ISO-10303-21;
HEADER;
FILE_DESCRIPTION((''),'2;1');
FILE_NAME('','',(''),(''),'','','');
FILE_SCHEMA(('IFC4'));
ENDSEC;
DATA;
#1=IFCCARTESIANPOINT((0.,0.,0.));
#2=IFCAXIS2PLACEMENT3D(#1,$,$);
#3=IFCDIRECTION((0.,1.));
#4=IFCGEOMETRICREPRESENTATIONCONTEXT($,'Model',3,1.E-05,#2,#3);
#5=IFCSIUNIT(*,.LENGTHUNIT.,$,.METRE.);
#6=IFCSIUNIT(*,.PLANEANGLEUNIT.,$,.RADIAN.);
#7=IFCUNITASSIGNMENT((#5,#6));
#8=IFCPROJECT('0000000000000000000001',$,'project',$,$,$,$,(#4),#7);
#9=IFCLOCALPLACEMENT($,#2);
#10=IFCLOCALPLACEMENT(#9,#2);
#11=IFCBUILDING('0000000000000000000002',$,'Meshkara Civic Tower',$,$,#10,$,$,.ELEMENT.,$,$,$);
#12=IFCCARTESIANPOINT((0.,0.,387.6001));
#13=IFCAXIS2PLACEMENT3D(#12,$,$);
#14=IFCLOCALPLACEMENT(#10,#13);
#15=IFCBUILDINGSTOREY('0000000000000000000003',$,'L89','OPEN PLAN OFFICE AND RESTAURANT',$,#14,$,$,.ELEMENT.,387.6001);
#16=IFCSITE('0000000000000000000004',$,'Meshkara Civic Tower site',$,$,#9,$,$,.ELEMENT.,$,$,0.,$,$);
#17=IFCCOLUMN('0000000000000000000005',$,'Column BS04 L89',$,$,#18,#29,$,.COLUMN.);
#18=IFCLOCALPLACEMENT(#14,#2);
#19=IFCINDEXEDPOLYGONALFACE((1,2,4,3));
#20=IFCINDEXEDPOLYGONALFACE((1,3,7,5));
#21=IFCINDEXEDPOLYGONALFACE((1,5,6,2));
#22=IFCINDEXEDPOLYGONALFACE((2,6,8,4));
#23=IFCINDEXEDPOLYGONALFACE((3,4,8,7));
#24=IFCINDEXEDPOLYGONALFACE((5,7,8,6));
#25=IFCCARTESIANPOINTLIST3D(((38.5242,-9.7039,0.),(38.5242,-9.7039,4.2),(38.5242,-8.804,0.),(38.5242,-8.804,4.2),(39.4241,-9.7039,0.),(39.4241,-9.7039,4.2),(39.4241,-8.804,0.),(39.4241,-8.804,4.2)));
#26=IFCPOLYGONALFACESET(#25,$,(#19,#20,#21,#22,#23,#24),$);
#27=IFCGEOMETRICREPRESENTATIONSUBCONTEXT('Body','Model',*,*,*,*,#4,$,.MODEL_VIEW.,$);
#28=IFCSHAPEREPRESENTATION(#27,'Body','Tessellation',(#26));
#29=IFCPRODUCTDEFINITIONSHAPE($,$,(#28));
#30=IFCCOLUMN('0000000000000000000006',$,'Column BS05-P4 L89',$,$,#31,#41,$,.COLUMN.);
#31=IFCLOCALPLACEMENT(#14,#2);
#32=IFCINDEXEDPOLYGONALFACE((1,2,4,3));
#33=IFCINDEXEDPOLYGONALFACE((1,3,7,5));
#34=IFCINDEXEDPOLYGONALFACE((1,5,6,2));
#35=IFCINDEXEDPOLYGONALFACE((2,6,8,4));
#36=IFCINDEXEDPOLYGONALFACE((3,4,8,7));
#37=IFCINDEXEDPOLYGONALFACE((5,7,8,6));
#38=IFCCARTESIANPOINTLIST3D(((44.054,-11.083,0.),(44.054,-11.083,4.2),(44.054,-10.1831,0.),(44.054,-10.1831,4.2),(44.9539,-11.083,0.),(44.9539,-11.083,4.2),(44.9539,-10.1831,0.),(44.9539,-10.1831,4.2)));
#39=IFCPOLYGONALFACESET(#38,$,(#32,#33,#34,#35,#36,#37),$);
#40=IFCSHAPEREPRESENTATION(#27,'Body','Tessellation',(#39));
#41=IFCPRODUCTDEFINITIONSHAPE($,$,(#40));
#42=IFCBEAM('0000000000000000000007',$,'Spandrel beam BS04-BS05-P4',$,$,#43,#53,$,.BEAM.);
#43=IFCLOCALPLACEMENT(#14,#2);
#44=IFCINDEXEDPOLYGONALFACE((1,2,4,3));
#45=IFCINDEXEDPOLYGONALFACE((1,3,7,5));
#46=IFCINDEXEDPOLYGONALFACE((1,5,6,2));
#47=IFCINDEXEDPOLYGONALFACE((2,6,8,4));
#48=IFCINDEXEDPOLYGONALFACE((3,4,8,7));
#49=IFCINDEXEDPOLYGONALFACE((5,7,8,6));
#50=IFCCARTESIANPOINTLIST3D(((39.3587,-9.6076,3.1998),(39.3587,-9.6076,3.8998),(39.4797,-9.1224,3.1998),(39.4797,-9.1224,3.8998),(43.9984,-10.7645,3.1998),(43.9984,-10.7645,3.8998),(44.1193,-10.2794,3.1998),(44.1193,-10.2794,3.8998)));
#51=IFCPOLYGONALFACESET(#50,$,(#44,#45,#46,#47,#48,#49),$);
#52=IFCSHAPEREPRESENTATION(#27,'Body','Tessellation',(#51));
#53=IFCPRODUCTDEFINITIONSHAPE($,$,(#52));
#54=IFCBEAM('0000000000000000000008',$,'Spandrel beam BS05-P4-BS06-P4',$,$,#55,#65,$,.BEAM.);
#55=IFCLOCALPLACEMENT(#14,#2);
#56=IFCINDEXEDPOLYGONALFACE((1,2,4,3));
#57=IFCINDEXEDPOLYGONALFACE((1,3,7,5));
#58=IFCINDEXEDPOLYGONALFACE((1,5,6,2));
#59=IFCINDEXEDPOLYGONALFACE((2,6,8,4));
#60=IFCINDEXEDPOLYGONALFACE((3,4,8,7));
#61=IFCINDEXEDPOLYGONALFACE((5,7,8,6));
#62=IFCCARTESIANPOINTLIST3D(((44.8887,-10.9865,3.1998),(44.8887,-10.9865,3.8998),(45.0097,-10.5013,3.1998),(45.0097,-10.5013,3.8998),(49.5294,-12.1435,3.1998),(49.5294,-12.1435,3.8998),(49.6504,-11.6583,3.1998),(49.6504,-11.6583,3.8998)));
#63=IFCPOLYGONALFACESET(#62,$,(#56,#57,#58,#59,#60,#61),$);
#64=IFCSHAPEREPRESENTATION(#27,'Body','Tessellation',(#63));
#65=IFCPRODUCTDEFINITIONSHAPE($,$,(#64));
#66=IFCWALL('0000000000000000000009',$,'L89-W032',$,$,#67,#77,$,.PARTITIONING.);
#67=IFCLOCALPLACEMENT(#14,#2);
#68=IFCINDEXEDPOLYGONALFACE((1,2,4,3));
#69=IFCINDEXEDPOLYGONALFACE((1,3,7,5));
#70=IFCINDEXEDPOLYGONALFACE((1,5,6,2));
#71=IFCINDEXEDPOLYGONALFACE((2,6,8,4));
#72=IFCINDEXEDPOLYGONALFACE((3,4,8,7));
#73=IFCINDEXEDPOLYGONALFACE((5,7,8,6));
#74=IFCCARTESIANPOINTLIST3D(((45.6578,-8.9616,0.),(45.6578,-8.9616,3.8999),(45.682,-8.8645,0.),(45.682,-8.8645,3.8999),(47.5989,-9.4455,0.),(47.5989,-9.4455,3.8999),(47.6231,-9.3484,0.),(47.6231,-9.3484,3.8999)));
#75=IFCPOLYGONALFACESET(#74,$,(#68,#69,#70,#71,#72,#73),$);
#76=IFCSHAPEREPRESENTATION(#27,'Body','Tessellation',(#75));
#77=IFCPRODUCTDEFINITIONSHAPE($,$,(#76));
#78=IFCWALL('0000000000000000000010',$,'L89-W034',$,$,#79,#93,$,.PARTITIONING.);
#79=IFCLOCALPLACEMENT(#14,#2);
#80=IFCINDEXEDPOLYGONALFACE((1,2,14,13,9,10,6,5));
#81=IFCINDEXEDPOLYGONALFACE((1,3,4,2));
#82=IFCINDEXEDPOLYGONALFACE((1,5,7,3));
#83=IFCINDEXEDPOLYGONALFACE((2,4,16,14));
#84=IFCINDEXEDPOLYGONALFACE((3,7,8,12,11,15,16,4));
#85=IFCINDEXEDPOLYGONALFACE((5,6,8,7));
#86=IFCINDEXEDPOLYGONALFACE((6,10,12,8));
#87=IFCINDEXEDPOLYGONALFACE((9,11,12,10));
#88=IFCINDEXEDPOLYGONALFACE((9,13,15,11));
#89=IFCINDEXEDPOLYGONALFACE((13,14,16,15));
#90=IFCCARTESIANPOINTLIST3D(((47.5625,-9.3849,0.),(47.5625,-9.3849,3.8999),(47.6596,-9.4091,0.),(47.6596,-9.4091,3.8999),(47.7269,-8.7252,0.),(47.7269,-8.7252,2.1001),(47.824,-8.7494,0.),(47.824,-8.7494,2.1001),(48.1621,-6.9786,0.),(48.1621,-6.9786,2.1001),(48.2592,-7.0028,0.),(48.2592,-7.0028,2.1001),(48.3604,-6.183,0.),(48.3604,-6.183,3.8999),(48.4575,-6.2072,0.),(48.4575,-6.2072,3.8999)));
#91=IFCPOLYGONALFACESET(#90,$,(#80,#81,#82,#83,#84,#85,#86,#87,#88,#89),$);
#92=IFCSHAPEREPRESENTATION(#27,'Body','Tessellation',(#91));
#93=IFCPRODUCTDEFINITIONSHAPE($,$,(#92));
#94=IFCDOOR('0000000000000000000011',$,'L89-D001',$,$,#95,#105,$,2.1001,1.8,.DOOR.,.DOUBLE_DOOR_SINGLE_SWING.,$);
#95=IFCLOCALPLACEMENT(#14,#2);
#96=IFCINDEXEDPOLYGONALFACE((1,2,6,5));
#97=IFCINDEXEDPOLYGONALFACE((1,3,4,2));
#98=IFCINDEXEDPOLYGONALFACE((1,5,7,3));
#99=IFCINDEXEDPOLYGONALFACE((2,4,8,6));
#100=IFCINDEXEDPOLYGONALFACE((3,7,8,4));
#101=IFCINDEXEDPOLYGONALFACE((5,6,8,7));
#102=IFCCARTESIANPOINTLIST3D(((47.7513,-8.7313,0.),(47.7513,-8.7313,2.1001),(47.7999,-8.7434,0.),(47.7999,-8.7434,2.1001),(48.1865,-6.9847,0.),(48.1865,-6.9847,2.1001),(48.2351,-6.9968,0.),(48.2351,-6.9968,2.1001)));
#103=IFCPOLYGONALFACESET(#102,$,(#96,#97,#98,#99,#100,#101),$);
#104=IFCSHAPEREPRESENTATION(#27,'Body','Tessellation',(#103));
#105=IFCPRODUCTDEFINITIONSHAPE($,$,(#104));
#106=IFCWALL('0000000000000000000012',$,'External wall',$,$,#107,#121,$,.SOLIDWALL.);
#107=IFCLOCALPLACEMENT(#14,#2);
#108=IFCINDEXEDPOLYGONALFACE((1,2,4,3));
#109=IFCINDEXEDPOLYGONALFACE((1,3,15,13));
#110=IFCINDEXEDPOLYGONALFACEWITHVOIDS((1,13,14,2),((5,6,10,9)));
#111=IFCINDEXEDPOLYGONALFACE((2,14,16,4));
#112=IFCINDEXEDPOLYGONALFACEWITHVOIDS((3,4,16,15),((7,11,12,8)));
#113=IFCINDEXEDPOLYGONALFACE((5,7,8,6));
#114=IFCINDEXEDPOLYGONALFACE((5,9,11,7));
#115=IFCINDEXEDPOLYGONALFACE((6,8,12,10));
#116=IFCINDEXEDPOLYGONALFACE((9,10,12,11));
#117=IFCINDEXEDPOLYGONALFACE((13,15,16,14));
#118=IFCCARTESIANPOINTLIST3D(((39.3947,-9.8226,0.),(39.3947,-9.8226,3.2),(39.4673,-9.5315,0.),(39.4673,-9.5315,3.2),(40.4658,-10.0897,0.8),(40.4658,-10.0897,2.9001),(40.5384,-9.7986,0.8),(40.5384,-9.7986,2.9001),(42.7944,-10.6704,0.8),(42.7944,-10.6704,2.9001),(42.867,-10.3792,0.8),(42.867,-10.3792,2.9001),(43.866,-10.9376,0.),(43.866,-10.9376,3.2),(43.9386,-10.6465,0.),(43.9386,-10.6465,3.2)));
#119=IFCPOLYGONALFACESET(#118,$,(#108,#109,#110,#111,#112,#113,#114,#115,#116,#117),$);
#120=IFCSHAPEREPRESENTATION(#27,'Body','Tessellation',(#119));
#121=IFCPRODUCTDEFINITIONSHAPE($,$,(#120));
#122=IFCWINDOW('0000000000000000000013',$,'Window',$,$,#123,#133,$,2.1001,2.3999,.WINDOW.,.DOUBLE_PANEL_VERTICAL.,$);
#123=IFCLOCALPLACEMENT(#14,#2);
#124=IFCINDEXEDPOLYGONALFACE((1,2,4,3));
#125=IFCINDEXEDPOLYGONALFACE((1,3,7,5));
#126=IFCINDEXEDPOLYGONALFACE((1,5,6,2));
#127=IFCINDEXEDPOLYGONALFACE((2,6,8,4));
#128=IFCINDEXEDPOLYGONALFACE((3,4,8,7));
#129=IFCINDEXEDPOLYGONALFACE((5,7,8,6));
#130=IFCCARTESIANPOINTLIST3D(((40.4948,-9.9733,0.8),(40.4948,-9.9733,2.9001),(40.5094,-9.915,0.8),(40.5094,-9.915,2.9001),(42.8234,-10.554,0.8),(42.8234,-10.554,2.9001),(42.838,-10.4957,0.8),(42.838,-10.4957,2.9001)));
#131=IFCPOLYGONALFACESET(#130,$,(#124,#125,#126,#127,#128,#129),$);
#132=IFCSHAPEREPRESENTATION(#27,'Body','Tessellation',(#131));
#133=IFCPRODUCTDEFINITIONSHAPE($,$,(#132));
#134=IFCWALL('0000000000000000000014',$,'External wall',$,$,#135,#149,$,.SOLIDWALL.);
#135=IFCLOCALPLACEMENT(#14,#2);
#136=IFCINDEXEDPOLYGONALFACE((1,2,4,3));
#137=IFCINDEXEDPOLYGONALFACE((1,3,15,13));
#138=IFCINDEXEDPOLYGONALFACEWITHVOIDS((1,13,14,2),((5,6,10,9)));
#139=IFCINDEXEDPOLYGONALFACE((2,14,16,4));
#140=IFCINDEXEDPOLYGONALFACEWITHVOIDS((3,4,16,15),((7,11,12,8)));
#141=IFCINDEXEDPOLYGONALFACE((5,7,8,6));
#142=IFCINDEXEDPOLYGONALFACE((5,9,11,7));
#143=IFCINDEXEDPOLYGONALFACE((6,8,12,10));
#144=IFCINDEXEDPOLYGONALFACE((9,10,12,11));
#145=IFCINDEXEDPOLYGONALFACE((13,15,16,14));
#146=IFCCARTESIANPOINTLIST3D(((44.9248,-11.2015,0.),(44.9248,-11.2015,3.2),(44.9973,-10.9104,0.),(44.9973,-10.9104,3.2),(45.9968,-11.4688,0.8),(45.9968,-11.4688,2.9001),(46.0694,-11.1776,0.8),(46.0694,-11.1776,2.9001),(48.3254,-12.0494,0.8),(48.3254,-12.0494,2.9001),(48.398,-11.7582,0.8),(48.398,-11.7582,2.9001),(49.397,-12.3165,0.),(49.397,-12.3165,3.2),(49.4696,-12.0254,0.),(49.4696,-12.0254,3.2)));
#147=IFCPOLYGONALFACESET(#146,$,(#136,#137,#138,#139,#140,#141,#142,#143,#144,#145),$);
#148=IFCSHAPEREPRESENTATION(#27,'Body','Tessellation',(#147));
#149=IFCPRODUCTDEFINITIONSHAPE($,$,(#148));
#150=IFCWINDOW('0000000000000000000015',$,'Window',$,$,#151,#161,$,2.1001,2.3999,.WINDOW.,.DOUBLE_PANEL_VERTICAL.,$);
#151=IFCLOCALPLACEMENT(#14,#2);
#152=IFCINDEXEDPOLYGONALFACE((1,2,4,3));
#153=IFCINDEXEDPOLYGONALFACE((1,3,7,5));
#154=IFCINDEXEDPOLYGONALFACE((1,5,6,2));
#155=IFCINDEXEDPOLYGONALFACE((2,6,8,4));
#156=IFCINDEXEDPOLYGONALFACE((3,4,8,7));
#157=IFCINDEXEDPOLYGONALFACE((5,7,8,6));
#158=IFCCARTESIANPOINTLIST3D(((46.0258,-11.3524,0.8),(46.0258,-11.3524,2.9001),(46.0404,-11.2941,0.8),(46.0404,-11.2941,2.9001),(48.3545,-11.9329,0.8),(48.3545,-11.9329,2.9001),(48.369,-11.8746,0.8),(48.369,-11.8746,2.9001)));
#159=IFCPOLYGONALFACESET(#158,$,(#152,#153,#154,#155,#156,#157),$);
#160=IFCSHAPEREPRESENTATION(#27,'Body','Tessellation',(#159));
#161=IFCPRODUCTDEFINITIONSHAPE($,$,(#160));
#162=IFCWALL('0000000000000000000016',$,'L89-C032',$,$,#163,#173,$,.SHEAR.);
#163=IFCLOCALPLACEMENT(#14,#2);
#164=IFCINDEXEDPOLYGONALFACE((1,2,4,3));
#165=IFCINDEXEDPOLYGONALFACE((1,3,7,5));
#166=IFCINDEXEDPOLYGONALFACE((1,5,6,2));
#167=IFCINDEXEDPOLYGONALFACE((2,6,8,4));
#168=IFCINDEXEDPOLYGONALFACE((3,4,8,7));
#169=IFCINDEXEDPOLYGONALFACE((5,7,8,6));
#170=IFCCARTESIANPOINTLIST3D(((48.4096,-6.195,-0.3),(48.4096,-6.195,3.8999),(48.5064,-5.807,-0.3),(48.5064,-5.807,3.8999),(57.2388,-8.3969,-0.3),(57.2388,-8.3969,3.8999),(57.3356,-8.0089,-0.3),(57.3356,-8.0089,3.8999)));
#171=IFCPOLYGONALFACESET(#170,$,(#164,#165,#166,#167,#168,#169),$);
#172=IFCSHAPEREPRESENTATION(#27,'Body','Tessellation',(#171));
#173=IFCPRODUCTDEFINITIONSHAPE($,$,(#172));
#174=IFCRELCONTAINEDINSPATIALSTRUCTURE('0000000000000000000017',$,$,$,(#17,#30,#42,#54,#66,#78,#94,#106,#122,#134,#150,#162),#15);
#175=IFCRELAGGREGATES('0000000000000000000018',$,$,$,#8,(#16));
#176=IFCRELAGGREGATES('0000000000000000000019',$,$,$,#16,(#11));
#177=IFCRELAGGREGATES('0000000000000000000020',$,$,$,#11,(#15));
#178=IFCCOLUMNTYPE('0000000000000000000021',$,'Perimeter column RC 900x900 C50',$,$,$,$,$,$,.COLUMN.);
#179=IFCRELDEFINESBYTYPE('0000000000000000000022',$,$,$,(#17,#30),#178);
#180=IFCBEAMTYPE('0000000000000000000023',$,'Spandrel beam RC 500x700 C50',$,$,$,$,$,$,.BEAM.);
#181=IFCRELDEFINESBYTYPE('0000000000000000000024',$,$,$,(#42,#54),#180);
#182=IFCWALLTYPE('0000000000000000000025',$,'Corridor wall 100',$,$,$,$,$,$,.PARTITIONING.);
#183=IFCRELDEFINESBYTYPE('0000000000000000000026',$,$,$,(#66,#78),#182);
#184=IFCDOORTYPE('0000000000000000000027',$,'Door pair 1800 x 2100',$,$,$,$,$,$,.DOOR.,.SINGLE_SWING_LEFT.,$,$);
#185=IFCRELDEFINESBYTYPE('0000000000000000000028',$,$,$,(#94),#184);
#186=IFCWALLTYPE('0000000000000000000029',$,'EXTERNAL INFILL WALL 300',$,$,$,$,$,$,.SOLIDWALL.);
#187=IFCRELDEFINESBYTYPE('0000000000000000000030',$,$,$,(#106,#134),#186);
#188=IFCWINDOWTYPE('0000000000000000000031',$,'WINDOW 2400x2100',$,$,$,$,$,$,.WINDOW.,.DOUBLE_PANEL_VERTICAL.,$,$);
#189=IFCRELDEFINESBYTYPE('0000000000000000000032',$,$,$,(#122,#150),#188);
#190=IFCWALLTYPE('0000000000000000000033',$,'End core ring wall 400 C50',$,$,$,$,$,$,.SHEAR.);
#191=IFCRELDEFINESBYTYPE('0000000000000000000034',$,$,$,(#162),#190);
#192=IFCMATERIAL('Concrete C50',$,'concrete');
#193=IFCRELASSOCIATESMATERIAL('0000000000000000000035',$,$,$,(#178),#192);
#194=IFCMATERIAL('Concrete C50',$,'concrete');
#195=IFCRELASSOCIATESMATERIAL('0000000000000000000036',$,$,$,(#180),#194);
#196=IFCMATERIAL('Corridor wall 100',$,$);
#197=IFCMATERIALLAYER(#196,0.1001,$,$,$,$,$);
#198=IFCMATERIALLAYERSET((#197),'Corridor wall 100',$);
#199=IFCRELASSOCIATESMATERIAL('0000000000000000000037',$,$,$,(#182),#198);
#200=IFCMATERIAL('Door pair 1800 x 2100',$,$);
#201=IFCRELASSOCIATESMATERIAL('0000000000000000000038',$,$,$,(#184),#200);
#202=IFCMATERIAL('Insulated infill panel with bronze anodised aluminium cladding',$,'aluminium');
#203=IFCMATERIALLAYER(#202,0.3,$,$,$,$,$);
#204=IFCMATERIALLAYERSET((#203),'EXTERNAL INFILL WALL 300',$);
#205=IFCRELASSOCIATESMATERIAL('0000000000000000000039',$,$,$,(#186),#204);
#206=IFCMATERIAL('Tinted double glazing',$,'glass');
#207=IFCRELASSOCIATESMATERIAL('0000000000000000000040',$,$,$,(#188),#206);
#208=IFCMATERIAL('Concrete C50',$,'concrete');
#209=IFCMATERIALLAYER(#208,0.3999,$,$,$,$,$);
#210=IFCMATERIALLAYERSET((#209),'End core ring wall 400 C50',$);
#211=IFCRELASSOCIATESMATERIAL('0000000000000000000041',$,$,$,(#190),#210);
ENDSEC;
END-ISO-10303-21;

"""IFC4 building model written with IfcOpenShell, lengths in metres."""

from ifc_helpers import new_model, si_unit, direction, frame, frame_2d, origin, origin_2d, place, context, subcontext, project, spatial, rectangle, extrude, material, layer, layer_set, material_profile, profile_set, type_object, element, fill, save


model = new_model("IFC4")

# Units and contexts
model_context = context("Model", 3, precision=1e-05, world=origin(), true_north=direction((0.0, 1.0)))
body_context = subcontext(model_context, "Body", "Model", "MODEL_VIEW")
ifc_project = project(units=[si_unit("LENGTHUNIT", "METRE"), si_unit("PLANEANGLEUNIT", "RADIAN")], contexts=[model_context])

# Site, building, storey
site_placement = place(None, origin())
site = spatial("IfcSite", under=ifc_project, at=site_placement, Name="Meshkara Civic Tower site", CompositionType="ELEMENT", RefElevation=0.0)
building_placement = place(site_placement, origin())
building = spatial("IfcBuilding", under=site, at=building_placement, Name="Meshkara Civic Tower", CompositionType="ELEMENT")
storey_placement = place(building_placement, frame((0.0, 0.0, 387.6001)))
storey = spatial("IfcBuildingStorey", under=building, at=storey_placement, Name="L89", Description="OPEN PLAN OFFICE AND RESTAURANT", CompositionType="ELEMENT", Elevation=387.6001)

# Columns
ifc_material_1 = material(Name="Concrete C50", Category="concrete")
ifc_material_profile_1 = material_profile(ifc_material_1, rectangle(XDim=0.8999, YDim=0.8999, at=origin_2d()))
ifc_profile_set_1 = profile_set([ifc_material_profile_1], Name="Concrete C50")
column_type = type_object("IfcColumnType", Name="Perimeter column RC 900x900 C50", PredefinedType="COLUMN", material=ifc_profile_set_1)
for number, where, z_axis, x_axis, name in (
    (1, (38.9741, -9.2539, 0.0), (0.0, 0.0, 1.0), (1.0, 0.0, 0.0), "Column BS04 L89"),
    (2, (44.5039, -10.6331, 0.0), (0.0, 0.0, 1.0), (1.0, 0.0, 0.0), "Column BS05-P4 L89"),
):
    element("IfcColumn", number, at=place(storey_placement, frame(where, z_axis=z_axis, x_axis=x_axis)), inside=storey, type_object=column_type, Name=name, PredefinedType="COLUMN", context=body_context, shape_type="SweptSolid", body=[
        extrude(rectangle(XDim=0.8999, YDim=0.8999, at=origin_2d()), origin(), (0.0, 0.0, 1.0), 4.2),
    ])

# Beams
ifc_material_2 = material(Name="Concrete C50", Category="concrete")
ifc_material_profile_2 = material_profile(ifc_material_2, rectangle(XDim=0.5, YDim=0.7, at=origin_2d()))
ifc_profile_set_2 = profile_set([ifc_material_profile_2], Name="Concrete C50")
beam_type = type_object("IfcBeamType", Name="Spandrel beam RC 500x700 C50", PredefinedType="BEAM", material=ifc_profile_set_2)
beam_1_placement = place(storey_placement, frame((39.4192, -9.365, 3.5498), z_axis=(0.970286, -0.241959, 0.0), x_axis=(0.241959, 0.970286, 0.0)))
element("IfcBeam", 3, at=beam_1_placement, inside=storey, type_object=beam_type, Name="Spandrel beam BS04-BS05-P4", PredefinedType="BEAM", context=body_context, shape_type="SweptSolid", body=[
    extrude(rectangle(XDim=0.5, YDim=0.7, at=origin_2d()), origin(), (0.0, 0.0, 1.0), 4.7817),
])
beam_2_placement = place(storey_placement, frame((44.9492, -10.7439, 3.5498), z_axis=(0.970298, -0.241911, 0.0), x_axis=(0.241911, 0.970298, 0.0)))
element("IfcBeam", 4, at=beam_2_placement, inside=storey, type_object=beam_type, Name="Spandrel beam BS05-P4-BS06-P4", PredefinedType="BEAM", context=body_context, shape_type="SweptSolid", body=[
    extrude(rectangle(XDim=0.5, YDim=0.7, at=origin_2d()), origin(), (0.0, 0.0, 1.0), 4.7827),
])

# Wall
ifc_material_3 = material(Name="Corridor wall 100")
ifc_layer_1 = layer(ifc_material_3, 0.1001)
ifc_layer_set_1 = layer_set([ifc_layer_1], Name="Corridor wall 100")
wall_type_1 = type_object("IfcWallType", Name="Corridor wall 100", PredefinedType="PARTITIONING", material=ifc_layer_set_1)
wall_1_placement = place(storey_placement, frame((45.6699, -8.9131, 0.0), z_axis=(0.0, 0.0, 1.0), x_axis=(0.970307, -0.241875, 0.0)))
element("IfcWall", 5, at=wall_1_placement, inside=storey, type_object=wall_type_1, Name="L89-W032", PredefinedType="PARTITIONING", context=body_context, shape_type="SweptSolid", body=[
    extrude(rectangle(XDim=2.0005, YDim=0.1001, at=frame_2d((1.0002, 0.0))), origin(), (0.0, 0.0, 1.0), 3.8999),
])

# Wall, opening, door
wall_2_placement = place(storey_placement, frame((47.6111, -9.397, 0.0), z_axis=(0.0, 0.0, 1.0), x_axis=(0.241787, 0.970329, 0.0)))
wall_2 = element("IfcWall", 6, at=wall_2_placement, inside=storey, type_object=wall_type_1, Name="L89-W034", PredefinedType="PARTITIONING", context=body_context, shape_type="SweptSolid", body=[
    extrude(rectangle(XDim=3.2998, YDim=0.1001, at=frame_2d((1.6499, 0.0))), origin(), (0.0, 0.0, 1.0), 3.8999),
])
opening_1_placement = place(wall_2_placement, frame((0.6799, 0.0, 0.0)))
opening_1 = element("IfcOpeningElement", 7, at=opening_1_placement, cuts=wall_2, PredefinedType="OPENING", context=body_context, shape_type="SweptSolid", body=[
    extrude(rectangle(XDim=1.8, YDim=2.1001, at=frame_2d((0.8999, 1.05))), frame((0.0, 0.0601, 0.0), z_axis=(0.0, -1.0, 0.0), x_axis=(1.0, 0.0, 0.0)), (0.0, 0.0, 1.0), 0.1201),
])
ifc_material_4 = material(Name="Door pair 1800 x 2100")
door_type_1 = type_object("IfcDoorType", Name="Door pair 1800 x 2100", OperationType="SINGLE_SWING_LEFT", PredefinedType="DOOR", material=ifc_material_4)
door_1_placement = place(opening_1_placement, origin())
door_1 = element("IfcDoor", 8, at=door_1_placement, inside=storey, type_object=door_type_1, Name="L89-D001", OperationType="DOUBLE_DOOR_SINGLE_SWING", OverallHeight=2.1001, OverallWidth=1.8, PredefinedType="DOOR", context=body_context, shape_type="SweptSolid", body=[
    extrude(rectangle(XDim=1.8, YDim=2.1001, at=frame_2d((0.8999, 1.05))), frame((0.0, 0.0249, 0.0), z_axis=(0.0, -1.0, 0.0), x_axis=(1.0, 0.0, 0.0)), (0.0, 0.0, 1.0), 0.05),
])
fill(opening_1, door_1)

# Walls, openings, windows
ifc_material_5 = material(Name="Insulated infill panel with bronze anodised aluminium cladding", Category="aluminium")
ifc_layer_2 = layer(ifc_material_5, 0.3)
ifc_layer_set_2 = layer_set([ifc_layer_2], Name="EXTERNAL INFILL WALL 300")
wall_type_2 = type_object("IfcWallType", Name="EXTERNAL INFILL WALL 300", PredefinedType="SOLIDWALL", material=ifc_layer_set_2)
wall_3_placement = place(storey_placement, frame((39.4309, -9.677, 0.0), z_axis=(0.0, 0.0, 1.0), x_axis=(0.970286, -0.241962, 0.0)))
wall_3 = element("IfcWall", 9, at=wall_3_placement, inside=storey, type_object=wall_type_2, Name="External wall", PredefinedType="SOLIDWALL", context=body_context, shape_type="SweptSolid", body=[
    extrude(rectangle(XDim=4.6082, YDim=0.3, at=frame_2d((2.3042, 0.0))), origin(), (0.0, 0.0, 1.0), 3.2),
])
opening_2_placement = place(wall_3_placement, frame((1.104, 0.0, 0.8)))
opening_2 = element("IfcOpeningElement", 10, at=opening_2_placement, cuts=wall_3, PredefinedType="OPENING", context=body_context, shape_type="SweptSolid", body=[
    extrude(rectangle(XDim=2.3999, YDim=2.1001, at=frame_2d((1.2, 1.05))), frame((0.0, 0.1599, 0.0), z_axis=(0.0, -1.0, 0.0), x_axis=(1.0, 0.0, 0.0)), (0.0, 0.0, 1.0), 0.3201),
])
ifc_material_6 = material(Name="Tinted double glazing", Category="glass")
window_type = type_object("IfcWindowType", Name="WINDOW 2400x2100", PartitioningType="DOUBLE_PANEL_VERTICAL", PredefinedType="WINDOW", material=ifc_material_6)
window_1_placement = place(opening_2_placement, origin())
window_1 = element("IfcWindow", 11, at=window_1_placement, inside=storey, type_object=window_type, Name="Window", OverallHeight=2.1001, OverallWidth=2.3999, PartitioningType="DOUBLE_PANEL_VERTICAL", PredefinedType="WINDOW", context=body_context, shape_type="SweptSolid", body=[
    extrude(rectangle(XDim=2.3999, YDim=2.1001, at=frame_2d((1.2, 1.05))), frame((0.0, 0.03, 0.0), z_axis=(0.0, -1.0, 0.0), x_axis=(1.0, 0.0, 0.0)), (0.0, 0.0, 1.0), 0.0601),
])
fill(opening_2, window_1)
wall_4_placement = place(storey_placement, frame((44.9609, -11.0559, 0.0), z_axis=(0.0, 0.0, 1.0), x_axis=(0.970298, -0.241912, 0.0)))
wall_4 = element("IfcWall", 12, at=wall_4_placement, inside=storey, type_object=wall_type_2, Name="External wall", PredefinedType="SOLIDWALL", context=body_context, shape_type="SweptSolid", body=[
    extrude(rectangle(XDim=4.6091, YDim=0.3, at=frame_2d((2.3047, 0.0))), origin(), (0.0, 0.0, 1.0), 3.2),
])
opening_3_placement = place(wall_4_placement, frame((1.105, 0.0, 0.8)))
opening_3 = element("IfcOpeningElement", 13, at=opening_3_placement, cuts=wall_4, PredefinedType="OPENING", context=body_context, shape_type="SweptSolid", body=[
    extrude(rectangle(XDim=2.3999, YDim=2.1001, at=frame_2d((1.2, 1.05))), frame((0.0, 0.1599, 0.0), z_axis=(0.0, -1.0, 0.0), x_axis=(1.0, 0.0, 0.0)), (0.0, 0.0, 1.0), 0.3201),
])
window_2_placement = place(opening_3_placement, origin())
window_2 = element("IfcWindow", 14, at=window_2_placement, inside=storey, type_object=window_type, Name="Window", OverallHeight=2.1001, OverallWidth=2.3999, PartitioningType="DOUBLE_PANEL_VERTICAL", PredefinedType="WINDOW", context=body_context, shape_type="SweptSolid", body=[
    extrude(rectangle(XDim=2.3999, YDim=2.1001, at=frame_2d((1.2, 1.05))), frame((0.0, 0.03, 0.0), z_axis=(0.0, -1.0, 0.0), x_axis=(1.0, 0.0, 0.0)), (0.0, 0.0, 1.0), 0.0601),
])
fill(opening_3, window_2)

# Wall
ifc_material_7 = material(Name="Concrete C50", Category="concrete")
ifc_layer_3 = layer(ifc_material_7, 0.3999)
ifc_layer_set_3 = layer_set([ifc_layer_3], Name="End core ring wall 400 C50")
wall_type_3 = type_object("IfcWallType", Name="End core ring wall 400 C50", PredefinedType="SHEAR", material=ifc_layer_set_3)
wall_5_placement = place(storey_placement, frame((48.458, -6.001, -0.3), z_axis=(0.0, 0.0, 1.0), x_axis=(0.970281, -0.24198, 0.0)))
element("IfcWall", 15, at=wall_5_placement, inside=storey, type_object=wall_type_3, Name="L89-C032", PredefinedType="SHEAR", context=body_context, shape_type="SweptSolid", body=[
    extrude(rectangle(XDim=9.0996, YDim=0.3999, at=frame_2d((4.5498, 0.0))), origin(), (0.0, 0.0, 1.0), 4.2),
])

save(model, "model.ifc")
